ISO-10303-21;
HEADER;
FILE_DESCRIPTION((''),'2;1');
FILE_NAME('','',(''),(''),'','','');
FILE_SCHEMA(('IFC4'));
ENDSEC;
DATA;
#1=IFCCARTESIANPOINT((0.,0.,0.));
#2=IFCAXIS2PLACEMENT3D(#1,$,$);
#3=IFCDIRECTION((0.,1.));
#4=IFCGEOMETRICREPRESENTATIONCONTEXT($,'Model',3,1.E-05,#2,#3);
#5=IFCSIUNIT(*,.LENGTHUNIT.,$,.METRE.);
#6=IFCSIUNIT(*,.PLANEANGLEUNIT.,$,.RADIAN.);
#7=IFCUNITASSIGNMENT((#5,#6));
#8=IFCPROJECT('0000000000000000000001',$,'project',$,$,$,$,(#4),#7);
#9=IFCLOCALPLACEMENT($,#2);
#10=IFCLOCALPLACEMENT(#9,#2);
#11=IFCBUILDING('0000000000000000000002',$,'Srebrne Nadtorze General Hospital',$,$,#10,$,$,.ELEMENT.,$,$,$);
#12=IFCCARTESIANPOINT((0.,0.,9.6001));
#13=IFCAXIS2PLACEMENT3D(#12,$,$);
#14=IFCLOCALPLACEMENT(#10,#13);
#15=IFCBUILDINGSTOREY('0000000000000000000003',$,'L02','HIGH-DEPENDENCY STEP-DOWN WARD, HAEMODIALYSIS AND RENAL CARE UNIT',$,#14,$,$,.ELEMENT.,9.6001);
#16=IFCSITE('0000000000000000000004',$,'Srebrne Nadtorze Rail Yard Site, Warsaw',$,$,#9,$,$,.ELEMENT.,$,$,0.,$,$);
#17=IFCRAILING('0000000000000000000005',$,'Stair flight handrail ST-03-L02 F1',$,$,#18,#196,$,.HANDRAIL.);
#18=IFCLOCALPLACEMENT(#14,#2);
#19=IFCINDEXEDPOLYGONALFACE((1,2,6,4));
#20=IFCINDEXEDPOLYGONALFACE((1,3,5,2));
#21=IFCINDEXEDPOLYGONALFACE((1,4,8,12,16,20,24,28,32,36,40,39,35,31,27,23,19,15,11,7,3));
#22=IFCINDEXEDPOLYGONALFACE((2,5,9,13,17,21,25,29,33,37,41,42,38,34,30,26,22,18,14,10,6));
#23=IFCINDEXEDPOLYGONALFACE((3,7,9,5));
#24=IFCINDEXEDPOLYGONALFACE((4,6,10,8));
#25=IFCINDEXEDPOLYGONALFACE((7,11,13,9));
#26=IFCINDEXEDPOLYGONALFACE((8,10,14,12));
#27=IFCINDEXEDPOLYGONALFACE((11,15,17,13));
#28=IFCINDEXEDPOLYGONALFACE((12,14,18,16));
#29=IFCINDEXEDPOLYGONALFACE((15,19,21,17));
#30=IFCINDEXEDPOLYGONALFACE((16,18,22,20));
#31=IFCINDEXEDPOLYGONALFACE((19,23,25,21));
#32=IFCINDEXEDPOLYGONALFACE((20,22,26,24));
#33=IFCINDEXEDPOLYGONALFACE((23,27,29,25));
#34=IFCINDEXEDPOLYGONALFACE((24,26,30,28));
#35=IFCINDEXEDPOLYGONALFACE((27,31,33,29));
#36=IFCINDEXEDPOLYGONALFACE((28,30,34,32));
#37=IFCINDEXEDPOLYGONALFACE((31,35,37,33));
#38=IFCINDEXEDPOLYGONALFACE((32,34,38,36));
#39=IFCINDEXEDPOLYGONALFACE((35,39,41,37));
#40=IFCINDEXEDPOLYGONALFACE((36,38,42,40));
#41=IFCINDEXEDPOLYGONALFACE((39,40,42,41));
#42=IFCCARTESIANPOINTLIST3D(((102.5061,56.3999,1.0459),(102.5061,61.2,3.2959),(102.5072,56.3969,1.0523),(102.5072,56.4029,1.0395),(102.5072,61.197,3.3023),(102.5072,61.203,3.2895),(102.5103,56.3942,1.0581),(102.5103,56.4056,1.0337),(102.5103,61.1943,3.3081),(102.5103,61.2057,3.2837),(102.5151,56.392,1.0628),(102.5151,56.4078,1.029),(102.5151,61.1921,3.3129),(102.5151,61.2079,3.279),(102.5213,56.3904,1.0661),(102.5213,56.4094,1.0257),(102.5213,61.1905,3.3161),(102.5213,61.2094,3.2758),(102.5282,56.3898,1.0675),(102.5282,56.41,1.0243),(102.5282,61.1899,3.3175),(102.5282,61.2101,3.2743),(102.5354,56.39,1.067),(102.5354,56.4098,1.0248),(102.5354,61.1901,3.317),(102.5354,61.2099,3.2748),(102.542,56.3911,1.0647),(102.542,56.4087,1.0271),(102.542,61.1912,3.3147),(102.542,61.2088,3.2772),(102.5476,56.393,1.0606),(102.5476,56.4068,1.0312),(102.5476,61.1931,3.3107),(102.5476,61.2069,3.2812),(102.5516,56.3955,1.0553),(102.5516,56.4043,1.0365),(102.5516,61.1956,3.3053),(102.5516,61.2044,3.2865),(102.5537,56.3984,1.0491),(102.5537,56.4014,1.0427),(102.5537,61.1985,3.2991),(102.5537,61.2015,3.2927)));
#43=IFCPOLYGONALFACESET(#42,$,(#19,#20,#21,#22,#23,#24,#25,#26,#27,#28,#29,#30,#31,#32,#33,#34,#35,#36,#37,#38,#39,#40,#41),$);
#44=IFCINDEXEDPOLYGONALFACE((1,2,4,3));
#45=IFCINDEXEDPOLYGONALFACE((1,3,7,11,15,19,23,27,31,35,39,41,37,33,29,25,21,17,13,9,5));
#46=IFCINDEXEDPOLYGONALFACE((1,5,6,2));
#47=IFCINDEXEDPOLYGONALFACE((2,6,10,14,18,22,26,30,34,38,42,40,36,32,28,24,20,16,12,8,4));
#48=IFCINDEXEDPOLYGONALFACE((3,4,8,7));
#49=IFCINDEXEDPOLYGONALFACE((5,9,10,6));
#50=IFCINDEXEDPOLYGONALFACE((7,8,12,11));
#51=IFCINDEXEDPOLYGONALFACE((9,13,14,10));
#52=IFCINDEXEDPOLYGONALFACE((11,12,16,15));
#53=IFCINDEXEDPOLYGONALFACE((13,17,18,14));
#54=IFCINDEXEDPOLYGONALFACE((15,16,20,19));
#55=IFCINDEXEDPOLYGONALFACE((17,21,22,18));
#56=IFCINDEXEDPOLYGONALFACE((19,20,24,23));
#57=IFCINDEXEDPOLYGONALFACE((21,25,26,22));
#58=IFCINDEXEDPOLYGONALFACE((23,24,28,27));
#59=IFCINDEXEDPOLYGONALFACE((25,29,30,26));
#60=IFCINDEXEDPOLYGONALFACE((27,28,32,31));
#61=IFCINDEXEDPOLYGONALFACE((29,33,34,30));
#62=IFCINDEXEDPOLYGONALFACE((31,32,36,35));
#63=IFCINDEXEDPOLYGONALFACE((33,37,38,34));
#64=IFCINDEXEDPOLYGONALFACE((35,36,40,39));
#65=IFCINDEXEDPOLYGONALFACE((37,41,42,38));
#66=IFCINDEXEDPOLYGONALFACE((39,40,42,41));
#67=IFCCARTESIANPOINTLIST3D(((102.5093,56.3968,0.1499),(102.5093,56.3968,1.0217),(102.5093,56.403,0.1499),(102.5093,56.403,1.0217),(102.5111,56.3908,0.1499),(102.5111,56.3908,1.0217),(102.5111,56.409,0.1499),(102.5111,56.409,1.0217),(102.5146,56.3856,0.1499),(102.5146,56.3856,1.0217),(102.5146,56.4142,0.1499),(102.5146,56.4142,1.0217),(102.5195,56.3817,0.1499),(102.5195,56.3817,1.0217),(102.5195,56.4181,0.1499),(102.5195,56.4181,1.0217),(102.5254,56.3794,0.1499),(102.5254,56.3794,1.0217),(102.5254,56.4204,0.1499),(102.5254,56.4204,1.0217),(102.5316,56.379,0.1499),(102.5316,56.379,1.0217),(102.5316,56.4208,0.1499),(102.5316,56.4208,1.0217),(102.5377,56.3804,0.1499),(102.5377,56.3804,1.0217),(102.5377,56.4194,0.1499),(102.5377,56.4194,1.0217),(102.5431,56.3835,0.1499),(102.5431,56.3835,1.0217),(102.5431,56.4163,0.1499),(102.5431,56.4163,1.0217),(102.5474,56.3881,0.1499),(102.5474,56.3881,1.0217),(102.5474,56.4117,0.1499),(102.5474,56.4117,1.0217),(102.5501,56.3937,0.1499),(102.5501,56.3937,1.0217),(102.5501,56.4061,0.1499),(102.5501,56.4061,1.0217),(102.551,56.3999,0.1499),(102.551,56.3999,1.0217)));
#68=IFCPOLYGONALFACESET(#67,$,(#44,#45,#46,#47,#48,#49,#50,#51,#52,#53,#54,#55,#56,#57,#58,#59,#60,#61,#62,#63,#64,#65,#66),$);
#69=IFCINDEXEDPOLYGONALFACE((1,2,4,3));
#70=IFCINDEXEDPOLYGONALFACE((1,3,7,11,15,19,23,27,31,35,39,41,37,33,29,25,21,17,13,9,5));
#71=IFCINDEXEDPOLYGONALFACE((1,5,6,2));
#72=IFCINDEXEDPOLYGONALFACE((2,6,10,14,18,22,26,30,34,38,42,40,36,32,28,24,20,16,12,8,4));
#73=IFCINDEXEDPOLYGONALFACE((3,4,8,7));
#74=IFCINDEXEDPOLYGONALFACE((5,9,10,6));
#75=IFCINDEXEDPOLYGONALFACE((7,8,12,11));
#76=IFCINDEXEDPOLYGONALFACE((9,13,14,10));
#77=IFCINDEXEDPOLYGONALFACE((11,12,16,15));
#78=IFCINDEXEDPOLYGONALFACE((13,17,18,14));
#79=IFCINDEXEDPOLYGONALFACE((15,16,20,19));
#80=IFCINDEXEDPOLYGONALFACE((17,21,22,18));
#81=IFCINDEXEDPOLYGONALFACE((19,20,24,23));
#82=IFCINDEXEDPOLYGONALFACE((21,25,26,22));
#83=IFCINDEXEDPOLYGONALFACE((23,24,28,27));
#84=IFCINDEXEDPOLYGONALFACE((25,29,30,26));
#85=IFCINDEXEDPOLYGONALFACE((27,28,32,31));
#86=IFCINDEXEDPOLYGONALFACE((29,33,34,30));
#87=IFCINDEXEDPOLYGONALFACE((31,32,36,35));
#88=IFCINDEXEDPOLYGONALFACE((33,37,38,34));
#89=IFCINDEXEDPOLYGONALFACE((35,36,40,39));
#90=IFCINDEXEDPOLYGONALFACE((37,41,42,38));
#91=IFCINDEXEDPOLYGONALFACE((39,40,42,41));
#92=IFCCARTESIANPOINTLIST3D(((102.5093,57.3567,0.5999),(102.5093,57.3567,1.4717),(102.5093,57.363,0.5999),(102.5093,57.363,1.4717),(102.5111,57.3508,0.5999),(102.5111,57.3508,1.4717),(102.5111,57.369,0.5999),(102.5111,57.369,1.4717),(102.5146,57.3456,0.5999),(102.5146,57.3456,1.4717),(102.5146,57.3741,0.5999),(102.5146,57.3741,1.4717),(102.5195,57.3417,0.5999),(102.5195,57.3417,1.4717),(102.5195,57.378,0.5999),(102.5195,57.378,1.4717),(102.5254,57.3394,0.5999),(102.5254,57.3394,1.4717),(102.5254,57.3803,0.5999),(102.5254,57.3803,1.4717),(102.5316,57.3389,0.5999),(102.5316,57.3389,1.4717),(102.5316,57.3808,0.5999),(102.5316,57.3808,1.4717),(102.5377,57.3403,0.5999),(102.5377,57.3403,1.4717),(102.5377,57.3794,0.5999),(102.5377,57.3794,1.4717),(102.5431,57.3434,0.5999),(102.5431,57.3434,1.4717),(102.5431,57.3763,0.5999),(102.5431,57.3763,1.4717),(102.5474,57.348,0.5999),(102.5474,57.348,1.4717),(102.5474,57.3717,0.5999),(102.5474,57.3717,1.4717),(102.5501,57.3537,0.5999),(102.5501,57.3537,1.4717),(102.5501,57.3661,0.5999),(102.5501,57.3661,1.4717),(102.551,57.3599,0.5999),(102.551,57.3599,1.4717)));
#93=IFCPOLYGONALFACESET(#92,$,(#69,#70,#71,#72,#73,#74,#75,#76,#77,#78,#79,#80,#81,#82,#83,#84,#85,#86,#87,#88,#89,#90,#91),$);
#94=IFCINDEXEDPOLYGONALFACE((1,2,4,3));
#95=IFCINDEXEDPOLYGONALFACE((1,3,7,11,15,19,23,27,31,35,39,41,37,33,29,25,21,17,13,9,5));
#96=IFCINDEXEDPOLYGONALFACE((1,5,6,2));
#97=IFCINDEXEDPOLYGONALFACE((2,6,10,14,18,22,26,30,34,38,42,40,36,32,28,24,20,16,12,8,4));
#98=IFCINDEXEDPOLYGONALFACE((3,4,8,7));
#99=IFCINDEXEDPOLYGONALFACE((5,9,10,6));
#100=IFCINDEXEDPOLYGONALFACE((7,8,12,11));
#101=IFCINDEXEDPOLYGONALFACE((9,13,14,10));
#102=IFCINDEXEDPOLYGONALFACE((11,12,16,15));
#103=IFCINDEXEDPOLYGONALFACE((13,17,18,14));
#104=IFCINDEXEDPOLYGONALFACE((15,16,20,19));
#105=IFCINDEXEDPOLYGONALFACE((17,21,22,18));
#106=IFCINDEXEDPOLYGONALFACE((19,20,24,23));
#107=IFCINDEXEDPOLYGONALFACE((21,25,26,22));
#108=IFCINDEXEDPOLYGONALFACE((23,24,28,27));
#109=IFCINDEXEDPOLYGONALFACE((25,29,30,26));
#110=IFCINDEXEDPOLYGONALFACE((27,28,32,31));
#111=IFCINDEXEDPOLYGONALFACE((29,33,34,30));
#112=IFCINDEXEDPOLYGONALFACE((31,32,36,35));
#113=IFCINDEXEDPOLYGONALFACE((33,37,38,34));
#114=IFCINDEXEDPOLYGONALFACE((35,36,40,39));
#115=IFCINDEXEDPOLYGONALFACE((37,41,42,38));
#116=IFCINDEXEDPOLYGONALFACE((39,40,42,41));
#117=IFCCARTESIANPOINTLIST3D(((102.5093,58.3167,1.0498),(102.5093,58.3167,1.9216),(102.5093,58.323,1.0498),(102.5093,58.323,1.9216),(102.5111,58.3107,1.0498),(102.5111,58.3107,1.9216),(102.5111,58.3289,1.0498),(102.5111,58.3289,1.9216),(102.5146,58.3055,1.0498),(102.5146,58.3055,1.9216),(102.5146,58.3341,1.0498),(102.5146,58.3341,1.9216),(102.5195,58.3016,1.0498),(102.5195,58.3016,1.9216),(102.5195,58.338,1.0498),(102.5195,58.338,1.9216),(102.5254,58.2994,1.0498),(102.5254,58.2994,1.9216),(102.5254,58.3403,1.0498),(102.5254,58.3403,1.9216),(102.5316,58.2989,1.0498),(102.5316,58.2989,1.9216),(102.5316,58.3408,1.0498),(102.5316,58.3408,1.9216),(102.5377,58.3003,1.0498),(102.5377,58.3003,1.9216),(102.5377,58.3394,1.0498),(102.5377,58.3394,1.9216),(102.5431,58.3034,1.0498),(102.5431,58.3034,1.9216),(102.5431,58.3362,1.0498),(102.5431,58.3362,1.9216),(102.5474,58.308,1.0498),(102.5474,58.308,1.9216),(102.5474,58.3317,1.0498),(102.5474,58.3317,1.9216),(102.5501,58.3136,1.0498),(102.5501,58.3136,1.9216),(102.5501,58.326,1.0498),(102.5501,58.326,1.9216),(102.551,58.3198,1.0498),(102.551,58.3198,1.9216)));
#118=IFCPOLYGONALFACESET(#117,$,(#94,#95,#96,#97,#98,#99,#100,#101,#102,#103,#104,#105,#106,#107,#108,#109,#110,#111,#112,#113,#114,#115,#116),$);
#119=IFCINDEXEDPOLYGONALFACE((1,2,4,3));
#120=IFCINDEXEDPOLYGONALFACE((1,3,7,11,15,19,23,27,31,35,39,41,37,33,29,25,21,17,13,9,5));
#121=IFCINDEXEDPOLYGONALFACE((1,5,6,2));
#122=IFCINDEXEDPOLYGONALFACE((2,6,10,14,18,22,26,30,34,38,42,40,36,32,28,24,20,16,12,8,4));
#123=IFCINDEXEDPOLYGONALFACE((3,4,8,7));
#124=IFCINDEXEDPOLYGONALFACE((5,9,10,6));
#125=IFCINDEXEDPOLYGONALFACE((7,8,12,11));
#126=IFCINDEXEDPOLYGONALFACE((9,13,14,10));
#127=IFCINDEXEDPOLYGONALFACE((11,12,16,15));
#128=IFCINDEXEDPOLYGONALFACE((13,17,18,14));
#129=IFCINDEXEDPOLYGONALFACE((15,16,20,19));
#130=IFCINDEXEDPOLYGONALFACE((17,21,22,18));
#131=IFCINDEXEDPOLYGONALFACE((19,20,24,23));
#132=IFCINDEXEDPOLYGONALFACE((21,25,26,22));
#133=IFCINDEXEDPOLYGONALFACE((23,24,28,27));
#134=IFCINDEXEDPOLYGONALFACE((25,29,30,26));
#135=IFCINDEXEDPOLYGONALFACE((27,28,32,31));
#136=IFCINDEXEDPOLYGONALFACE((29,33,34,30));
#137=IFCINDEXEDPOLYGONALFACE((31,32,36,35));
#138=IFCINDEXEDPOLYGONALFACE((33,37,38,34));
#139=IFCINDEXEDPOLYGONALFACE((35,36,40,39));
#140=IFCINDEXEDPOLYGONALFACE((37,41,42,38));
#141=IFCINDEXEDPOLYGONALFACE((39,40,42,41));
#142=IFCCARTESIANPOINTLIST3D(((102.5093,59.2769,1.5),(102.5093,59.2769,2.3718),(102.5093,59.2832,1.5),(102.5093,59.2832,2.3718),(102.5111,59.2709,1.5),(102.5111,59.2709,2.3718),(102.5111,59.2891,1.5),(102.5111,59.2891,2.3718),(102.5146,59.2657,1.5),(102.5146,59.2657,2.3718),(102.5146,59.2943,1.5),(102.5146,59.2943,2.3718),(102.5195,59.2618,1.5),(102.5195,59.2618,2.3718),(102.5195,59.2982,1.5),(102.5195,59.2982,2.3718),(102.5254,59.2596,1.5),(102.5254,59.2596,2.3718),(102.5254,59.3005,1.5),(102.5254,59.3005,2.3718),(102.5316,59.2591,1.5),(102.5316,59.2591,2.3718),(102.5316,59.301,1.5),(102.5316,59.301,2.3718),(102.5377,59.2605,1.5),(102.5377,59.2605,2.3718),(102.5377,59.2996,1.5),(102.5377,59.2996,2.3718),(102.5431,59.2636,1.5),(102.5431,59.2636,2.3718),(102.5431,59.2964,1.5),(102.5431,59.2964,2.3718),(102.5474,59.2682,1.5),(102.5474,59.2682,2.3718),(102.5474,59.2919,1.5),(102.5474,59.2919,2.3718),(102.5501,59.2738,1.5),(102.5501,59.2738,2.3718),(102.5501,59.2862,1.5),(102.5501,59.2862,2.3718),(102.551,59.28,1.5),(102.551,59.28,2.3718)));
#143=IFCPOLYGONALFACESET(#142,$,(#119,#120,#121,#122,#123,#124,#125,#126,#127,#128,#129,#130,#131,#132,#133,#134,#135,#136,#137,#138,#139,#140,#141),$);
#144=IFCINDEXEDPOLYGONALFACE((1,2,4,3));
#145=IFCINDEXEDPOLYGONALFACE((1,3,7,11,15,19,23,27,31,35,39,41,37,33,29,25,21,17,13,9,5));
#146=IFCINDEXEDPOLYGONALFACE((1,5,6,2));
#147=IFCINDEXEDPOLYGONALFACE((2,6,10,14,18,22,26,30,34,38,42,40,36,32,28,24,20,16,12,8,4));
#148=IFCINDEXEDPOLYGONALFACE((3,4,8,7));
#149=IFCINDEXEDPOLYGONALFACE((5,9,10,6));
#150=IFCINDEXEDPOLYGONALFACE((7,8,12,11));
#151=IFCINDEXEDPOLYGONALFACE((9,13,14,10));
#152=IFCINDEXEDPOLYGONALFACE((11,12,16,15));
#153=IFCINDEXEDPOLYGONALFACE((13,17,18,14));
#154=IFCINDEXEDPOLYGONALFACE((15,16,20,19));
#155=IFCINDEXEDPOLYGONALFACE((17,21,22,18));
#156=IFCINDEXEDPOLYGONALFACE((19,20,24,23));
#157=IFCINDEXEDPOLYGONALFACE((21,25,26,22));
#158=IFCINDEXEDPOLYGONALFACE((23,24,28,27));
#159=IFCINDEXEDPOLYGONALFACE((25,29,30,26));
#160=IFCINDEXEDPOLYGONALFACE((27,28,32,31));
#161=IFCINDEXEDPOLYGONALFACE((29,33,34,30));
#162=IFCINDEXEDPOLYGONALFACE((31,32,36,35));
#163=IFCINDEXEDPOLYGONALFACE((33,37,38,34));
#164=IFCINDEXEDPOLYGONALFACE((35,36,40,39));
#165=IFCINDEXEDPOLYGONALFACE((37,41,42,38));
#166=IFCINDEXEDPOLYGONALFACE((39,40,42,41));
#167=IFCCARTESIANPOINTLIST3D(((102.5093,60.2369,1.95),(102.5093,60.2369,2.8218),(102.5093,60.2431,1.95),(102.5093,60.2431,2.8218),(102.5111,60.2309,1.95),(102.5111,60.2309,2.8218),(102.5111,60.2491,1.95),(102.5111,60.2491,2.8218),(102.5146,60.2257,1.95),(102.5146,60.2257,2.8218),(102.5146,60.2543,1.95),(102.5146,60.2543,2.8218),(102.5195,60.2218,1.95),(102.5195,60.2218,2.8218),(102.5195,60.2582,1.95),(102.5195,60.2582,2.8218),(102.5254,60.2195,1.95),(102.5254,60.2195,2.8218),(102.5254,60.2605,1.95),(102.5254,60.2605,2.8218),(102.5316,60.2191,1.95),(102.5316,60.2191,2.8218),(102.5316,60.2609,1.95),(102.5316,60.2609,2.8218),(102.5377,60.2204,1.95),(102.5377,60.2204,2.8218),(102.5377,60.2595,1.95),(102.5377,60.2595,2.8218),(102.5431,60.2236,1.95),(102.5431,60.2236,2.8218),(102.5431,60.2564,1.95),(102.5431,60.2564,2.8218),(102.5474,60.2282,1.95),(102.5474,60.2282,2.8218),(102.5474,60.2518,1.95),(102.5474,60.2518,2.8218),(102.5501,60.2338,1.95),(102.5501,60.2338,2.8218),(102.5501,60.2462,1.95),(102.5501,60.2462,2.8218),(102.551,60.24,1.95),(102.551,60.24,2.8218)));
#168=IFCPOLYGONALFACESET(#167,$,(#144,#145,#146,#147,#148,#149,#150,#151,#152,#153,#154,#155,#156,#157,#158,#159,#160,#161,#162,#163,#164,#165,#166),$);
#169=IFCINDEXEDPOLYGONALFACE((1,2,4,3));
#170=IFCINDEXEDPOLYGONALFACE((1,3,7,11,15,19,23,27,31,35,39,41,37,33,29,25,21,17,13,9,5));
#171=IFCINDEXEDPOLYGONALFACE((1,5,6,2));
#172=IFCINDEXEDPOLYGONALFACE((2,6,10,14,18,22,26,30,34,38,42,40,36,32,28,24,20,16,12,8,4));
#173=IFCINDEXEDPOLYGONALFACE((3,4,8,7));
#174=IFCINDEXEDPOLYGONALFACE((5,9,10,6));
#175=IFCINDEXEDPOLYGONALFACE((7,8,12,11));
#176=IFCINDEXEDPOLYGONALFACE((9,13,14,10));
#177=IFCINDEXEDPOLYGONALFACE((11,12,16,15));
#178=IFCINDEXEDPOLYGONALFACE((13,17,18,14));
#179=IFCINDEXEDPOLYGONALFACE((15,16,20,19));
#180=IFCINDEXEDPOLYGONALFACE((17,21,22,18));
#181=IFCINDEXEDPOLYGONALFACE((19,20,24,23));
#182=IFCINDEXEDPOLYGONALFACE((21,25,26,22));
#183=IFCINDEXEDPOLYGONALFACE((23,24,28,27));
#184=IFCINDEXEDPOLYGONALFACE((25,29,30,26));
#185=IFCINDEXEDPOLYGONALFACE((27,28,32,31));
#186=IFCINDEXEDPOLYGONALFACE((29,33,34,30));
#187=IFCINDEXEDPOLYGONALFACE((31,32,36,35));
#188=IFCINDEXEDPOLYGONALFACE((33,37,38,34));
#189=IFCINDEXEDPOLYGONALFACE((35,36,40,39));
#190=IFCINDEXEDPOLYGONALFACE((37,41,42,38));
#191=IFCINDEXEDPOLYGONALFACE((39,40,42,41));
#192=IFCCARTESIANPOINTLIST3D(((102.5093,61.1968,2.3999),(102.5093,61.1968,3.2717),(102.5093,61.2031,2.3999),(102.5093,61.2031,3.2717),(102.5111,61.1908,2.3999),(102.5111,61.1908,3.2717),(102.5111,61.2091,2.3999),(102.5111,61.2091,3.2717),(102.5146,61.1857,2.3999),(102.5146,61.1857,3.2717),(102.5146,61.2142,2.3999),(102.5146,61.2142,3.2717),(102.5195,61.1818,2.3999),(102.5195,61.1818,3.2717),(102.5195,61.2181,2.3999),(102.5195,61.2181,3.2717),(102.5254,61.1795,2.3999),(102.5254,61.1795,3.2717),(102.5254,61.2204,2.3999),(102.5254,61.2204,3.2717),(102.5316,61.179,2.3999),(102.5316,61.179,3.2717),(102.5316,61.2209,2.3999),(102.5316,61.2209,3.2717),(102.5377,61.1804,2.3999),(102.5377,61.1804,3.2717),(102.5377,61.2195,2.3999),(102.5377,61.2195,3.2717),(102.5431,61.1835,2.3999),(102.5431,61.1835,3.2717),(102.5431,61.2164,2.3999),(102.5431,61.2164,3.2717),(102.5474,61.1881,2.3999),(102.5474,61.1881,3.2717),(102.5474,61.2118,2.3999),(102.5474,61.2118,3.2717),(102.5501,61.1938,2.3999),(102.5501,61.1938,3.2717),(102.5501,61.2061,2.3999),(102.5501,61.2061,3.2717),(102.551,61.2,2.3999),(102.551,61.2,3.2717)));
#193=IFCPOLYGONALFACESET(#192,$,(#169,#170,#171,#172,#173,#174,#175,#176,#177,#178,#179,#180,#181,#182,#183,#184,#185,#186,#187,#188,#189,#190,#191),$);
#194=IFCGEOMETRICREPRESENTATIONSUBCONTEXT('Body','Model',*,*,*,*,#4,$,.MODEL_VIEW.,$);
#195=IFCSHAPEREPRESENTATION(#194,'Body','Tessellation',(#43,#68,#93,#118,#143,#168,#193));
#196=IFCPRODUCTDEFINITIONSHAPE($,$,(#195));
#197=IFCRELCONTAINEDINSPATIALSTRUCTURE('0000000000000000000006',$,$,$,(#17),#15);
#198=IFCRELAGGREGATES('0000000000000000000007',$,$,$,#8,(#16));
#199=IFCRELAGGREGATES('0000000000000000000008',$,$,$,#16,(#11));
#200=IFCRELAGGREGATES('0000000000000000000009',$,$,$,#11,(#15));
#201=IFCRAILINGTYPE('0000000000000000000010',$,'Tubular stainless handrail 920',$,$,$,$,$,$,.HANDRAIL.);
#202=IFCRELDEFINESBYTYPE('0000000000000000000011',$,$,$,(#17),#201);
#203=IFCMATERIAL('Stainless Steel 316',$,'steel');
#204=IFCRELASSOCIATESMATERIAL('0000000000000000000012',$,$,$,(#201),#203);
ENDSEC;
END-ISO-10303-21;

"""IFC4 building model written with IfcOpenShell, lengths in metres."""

from ifc_helpers import new_model, si_unit, direction, frame, origin, origin_2d, place, context, subcontext, project, spatial, circle, extrude, material, type_object, element, save


model = new_model("IFC4")

# Units and contexts
model_context = context("Model", 3, precision=1e-05, world=origin(), true_north=direction((0.0, 1.0)))
body_context = subcontext(model_context, "Body", "Model", "MODEL_VIEW")
ifc_project = project(units=[si_unit("LENGTHUNIT", "METRE"), si_unit("PLANEANGLEUNIT", "RADIAN")], contexts=[model_context])

# Site, building, storey
site_placement = place(None, origin())
site = spatial("IfcSite", under=ifc_project, at=site_placement, Name="Srebrne Nadtorze Rail Yard Site, Warsaw", CompositionType="ELEMENT", RefElevation=0.0)
building_placement = place(site_placement, origin())
building = spatial("IfcBuilding", under=site, at=building_placement, Name="Srebrne Nadtorze General Hospital", CompositionType="ELEMENT")
storey_placement = place(building_placement, frame((0.0, 0.0, 9.6001)))
storey = spatial("IfcBuildingStorey", under=building, at=storey_placement, Name="L02", Description="HIGH-DEPENDENCY STEP-DOWN WARD, HAEMODIALYSIS AND RENAL CARE UNIT", CompositionType="ELEMENT", Elevation=9.6001)

# Railing
ifc_material_1 = material(Name="Stainless Steel 316", Category="steel")
railing_type_1 = type_object("IfcRailingType", Name="Tubular stainless handrail 920", PredefinedType="HANDRAIL", material=ifc_material_1)
railing_1_placement = place(storey_placement, frame((102.53, 56.3999, 0.1499)))
element("IfcRailing", 1, at=railing_1_placement, inside=storey, type_object=railing_type_1, Name="Stair flight handrail ST-03-L02 F1", PredefinedType="HANDRAIL", context=body_context, shape_type="SweptSolid", body=[
    extrude(circle(Radius=0.0239, at=origin_2d()), frame((0.0, 0.0, 0.896), z_axis=(0.0, 0.905461, 0.42443), x_axis=(-1.0, 0.0, 0.0)), (0.0, 0.0, 1.0), 5.3013),
    extrude(circle(Radius=0.021, at=origin_2d()), origin(), (0.0, 0.0, 1.0), 0.8718),
    extrude(circle(Radius=0.021, at=origin_2d()), frame((0.0, 0.96, 0.45)), (0.0, 0.0, 1.0), 0.8718),
    extrude(circle(Radius=0.021, at=origin_2d()), frame((0.0, 1.9199, 0.8999)), (0.0, 0.0, 1.0), 0.8718),
    extrude(circle(Radius=0.021, at=origin_2d()), frame((0.0, 2.8801, 1.3501)), (0.0, 0.0, 1.0), 0.8718),
    extrude(circle(Radius=0.021, at=origin_2d()), frame((0.0, 3.8401, 1.8)), (0.0, 0.0, 1.0), 0.8718),
    extrude(circle(Radius=0.021, at=origin_2d()), frame((0.0, 4.8, 2.25)), (0.0, 0.0, 1.0), 0.8718),
])

save(model, "model.ifc")
